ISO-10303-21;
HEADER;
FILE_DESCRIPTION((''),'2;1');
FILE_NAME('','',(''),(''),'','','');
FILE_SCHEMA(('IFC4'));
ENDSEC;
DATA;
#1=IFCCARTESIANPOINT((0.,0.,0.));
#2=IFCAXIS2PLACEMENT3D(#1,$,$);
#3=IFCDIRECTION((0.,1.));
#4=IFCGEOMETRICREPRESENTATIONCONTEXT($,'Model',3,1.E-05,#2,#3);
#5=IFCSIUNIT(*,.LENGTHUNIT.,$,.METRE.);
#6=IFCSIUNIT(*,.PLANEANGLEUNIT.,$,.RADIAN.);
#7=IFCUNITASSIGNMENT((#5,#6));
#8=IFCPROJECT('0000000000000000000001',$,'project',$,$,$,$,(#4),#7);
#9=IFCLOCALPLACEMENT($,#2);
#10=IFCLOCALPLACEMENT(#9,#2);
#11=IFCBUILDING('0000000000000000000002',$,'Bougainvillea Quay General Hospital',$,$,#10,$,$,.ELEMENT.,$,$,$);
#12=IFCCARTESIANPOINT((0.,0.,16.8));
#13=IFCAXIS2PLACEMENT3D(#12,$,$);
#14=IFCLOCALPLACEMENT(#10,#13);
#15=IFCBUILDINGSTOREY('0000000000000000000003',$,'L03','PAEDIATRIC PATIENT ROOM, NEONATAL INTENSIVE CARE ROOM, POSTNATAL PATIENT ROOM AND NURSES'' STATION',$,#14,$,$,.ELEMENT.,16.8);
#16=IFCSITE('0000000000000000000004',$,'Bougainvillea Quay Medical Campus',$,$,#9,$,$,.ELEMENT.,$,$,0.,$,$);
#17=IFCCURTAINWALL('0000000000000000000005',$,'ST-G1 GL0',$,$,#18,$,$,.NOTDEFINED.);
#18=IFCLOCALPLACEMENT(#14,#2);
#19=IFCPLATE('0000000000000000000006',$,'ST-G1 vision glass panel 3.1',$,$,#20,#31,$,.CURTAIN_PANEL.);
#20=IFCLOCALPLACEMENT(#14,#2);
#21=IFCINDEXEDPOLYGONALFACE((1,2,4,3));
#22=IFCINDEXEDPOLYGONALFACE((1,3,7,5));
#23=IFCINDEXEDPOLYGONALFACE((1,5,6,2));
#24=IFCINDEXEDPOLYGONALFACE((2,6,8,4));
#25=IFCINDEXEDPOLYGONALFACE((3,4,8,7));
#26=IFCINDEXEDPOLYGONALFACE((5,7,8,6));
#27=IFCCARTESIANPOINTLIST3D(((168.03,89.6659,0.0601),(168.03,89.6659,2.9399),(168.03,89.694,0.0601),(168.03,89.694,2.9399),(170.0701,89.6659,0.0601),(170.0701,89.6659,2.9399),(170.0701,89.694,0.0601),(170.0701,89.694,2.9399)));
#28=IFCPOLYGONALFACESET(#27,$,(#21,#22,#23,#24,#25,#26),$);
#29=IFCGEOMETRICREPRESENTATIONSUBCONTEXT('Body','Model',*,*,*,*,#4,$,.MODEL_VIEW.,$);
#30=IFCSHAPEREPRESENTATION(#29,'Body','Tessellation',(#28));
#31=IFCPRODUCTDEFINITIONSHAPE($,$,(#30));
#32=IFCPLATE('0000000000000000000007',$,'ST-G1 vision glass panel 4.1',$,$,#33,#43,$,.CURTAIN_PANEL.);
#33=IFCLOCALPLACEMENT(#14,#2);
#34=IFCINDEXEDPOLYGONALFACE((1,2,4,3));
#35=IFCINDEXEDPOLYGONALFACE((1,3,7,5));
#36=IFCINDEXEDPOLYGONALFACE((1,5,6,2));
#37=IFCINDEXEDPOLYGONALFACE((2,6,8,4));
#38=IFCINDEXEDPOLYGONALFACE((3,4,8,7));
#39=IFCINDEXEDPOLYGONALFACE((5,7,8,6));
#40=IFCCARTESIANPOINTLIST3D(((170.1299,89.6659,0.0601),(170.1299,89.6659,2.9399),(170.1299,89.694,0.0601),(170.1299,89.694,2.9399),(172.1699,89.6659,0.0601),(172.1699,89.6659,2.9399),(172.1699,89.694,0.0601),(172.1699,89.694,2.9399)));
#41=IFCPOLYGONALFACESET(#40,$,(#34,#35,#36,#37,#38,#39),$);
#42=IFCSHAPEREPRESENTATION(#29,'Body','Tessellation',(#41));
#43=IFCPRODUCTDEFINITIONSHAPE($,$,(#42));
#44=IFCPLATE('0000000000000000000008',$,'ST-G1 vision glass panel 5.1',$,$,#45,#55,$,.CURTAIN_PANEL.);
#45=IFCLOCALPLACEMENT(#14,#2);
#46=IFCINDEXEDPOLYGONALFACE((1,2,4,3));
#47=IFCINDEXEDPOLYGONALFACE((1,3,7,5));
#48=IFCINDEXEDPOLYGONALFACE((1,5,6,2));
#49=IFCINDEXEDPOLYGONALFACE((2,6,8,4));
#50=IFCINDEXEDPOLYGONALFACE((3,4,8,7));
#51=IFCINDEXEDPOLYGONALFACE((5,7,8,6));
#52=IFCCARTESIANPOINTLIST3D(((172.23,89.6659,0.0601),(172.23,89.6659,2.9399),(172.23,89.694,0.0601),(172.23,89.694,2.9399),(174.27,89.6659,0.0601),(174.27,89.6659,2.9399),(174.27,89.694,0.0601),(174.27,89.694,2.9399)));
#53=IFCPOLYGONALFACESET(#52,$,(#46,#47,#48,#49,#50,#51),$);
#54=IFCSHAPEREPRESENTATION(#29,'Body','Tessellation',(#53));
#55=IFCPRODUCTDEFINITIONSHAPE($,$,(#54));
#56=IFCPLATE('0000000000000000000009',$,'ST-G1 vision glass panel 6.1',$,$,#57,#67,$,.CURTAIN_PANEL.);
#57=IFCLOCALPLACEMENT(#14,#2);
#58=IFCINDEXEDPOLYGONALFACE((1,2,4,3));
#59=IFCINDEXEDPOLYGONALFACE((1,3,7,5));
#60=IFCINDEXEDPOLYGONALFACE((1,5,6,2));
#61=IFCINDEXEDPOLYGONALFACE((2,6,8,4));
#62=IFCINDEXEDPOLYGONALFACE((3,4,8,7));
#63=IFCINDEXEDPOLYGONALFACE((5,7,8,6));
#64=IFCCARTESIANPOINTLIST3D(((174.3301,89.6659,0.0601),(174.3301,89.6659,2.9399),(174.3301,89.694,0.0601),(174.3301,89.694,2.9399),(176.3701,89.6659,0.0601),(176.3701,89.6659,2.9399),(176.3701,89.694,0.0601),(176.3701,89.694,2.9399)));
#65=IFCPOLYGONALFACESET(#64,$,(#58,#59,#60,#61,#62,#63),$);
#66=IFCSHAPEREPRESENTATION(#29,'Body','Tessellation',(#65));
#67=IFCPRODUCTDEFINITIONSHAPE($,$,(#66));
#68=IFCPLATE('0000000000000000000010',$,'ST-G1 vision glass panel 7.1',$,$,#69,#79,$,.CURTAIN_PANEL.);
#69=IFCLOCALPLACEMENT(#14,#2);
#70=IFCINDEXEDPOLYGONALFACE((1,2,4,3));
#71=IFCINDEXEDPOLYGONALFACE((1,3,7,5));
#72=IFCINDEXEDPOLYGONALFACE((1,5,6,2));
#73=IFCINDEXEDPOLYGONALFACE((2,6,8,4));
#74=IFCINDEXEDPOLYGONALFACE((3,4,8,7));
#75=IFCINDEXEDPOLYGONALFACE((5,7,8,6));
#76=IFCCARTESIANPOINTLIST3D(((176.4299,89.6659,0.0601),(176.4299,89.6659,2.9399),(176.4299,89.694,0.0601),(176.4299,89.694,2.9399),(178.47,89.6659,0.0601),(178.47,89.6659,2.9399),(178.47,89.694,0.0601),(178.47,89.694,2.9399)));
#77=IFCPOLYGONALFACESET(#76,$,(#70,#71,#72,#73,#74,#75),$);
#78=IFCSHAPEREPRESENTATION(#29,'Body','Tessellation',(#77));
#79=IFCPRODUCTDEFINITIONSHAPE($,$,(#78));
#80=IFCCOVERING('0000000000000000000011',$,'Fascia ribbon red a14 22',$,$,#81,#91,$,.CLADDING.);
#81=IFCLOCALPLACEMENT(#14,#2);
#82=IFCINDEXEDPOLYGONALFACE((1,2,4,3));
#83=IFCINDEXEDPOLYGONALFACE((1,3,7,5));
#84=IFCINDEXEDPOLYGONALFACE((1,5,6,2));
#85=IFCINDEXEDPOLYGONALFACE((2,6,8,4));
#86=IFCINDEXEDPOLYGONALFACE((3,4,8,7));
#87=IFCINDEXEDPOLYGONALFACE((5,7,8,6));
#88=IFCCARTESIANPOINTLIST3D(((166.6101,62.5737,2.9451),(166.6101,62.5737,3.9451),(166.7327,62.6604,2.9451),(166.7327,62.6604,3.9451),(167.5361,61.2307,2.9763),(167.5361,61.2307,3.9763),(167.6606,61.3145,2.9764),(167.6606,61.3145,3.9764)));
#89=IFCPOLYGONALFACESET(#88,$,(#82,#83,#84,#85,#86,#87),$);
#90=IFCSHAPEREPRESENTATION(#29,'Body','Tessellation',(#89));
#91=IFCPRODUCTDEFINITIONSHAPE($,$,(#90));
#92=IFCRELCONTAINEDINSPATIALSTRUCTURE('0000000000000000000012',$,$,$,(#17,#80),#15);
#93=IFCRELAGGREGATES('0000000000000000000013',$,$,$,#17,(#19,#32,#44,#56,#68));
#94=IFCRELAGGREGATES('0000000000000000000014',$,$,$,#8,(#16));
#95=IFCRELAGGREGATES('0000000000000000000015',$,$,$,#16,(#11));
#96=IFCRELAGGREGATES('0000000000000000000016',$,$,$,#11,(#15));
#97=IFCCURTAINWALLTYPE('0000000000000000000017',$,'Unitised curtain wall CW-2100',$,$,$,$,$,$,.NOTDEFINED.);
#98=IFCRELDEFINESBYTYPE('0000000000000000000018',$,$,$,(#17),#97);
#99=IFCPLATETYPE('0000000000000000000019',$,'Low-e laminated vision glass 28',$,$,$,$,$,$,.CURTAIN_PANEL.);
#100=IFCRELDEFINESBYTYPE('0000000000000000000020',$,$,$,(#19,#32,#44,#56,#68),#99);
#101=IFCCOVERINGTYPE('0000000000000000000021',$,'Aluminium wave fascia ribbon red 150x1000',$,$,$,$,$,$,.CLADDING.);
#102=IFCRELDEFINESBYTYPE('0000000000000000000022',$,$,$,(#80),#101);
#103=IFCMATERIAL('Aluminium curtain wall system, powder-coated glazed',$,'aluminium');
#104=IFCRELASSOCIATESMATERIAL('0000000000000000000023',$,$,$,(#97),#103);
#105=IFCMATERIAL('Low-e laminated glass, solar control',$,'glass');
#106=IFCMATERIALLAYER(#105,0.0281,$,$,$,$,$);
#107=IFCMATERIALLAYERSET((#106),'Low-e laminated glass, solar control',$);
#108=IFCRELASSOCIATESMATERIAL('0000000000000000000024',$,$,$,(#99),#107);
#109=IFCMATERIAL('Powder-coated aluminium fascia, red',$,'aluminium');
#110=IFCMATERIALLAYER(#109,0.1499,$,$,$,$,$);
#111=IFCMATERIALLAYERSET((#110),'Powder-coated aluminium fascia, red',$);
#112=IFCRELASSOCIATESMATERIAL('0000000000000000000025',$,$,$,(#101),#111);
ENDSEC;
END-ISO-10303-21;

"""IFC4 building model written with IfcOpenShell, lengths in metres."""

from ifc_helpers import new_model, si_unit, direction, frame, origin, origin_2d, place, context, subcontext, project, spatial, polyline, rectangle, outline, extrude, material, layer, layer_set, type_object, element, aggregate, save


model = new_model("IFC4")

# Units and contexts
model_context = context("Model", 3, precision=1e-05, world=origin(), true_north=direction((0.0, 1.0)))
body_context = subcontext(model_context, "Body", "Model", "MODEL_VIEW")
ifc_project = project(units=[si_unit("LENGTHUNIT", "METRE"), si_unit("PLANEANGLEUNIT", "RADIAN")], contexts=[model_context])

# Site, building, storey
site_placement = place(None, origin())
site = spatial("IfcSite", under=ifc_project, at=site_placement, Name="Bougainvillea Quay Medical Campus", CompositionType="ELEMENT", RefElevation=0.0)
building_placement = place(site_placement, origin())
building = spatial("IfcBuilding", under=site, at=building_placement, Name="Bougainvillea Quay General Hospital", CompositionType="ELEMENT")
storey_placement = place(building_placement, frame((0.0, 0.0, 16.8)))
storey = spatial("IfcBuildingStorey", under=building, at=storey_placement, Name="L03", Description="PAEDIATRIC PATIENT ROOM, NEONATAL INTENSIVE CARE ROOM, POSTNATAL PATIENT ROOM AND NURSES' STATION", CompositionType="ELEMENT", Elevation=16.8)

# Curtain wall, plates
ifc_material_1 = material(Name="Aluminium curtain wall system, powder-coated glazed", Category="aluminium")
curtain_wall_type = type_object("IfcCurtainWallType", Name="Unitised curtain wall CW-2100", PredefinedType="NOTDEFINED", material=ifc_material_1)
curtain_wall_placement = place(storey_placement, origin())
curtain_wall = element("IfcCurtainWall", 1, at=curtain_wall_placement, inside=storey, type_object=curtain_wall_type, Name="ST-G1 GL0", PredefinedType="NOTDEFINED")
ifc_material_2 = material(Name="Low-e laminated glass, solar control", Category="glass")
ifc_layer_1 = layer(ifc_material_2, 0.0281)
ifc_layer_set_1 = layer_set([ifc_layer_1], Name="Low-e laminated glass, solar control")
plate_type = type_object("IfcPlateType", Name="Low-e laminated vision glass 28", PredefinedType="CURTAIN_PANEL", material=ifc_layer_set_1)
plate_1_placement = place(storey_placement, frame((169.05, 89.6799, 0.0601), z_axis=(0.0, 0.0, 1.0), x_axis=(1.0, 0.0, 0.0)))
plate_1 = element("IfcPlate", 2, at=plate_1_placement, type_object=plate_type, Name="ST-G1 vision glass panel 3.1", PredefinedType="CURTAIN_PANEL", context=body_context, shape_type="SweptSolid", body=[
    extrude(rectangle(XDim=2.04, YDim=0.0281, at=origin_2d()), origin(), (0.0, 0.0, 1.0), 2.8799),
])
plate_2_placement = place(storey_placement, frame((171.1499, 89.6799, 0.0601), z_axis=(0.0, 0.0, 1.0), x_axis=(1.0, 0.0, 0.0)))
plate_2 = element("IfcPlate", 3, at=plate_2_placement, type_object=plate_type, Name="ST-G1 vision glass panel 4.1", PredefinedType="CURTAIN_PANEL", context=body_context, shape_type="SweptSolid", body=[
    extrude(rectangle(XDim=2.04, YDim=0.0281, at=origin_2d()), origin(), (0.0, 0.0, 1.0), 2.8799),
])
plate_3_placement = place(storey_placement, frame((173.25, 89.6799, 0.0601), z_axis=(0.0, 0.0, 1.0), x_axis=(1.0, 0.0, 0.0)))
plate_3 = element("IfcPlate", 4, at=plate_3_placement, type_object=plate_type, Name="ST-G1 vision glass panel 5.1", PredefinedType="CURTAIN_PANEL", context=body_context, shape_type="SweptSolid", body=[
    extrude(rectangle(XDim=2.04, YDim=0.0281, at=origin_2d()), origin(), (0.0, 0.0, 1.0), 2.8799),
])
plate_4_placement = place(storey_placement, frame((175.3501, 89.6799, 0.0601), z_axis=(0.0, 0.0, 1.0), x_axis=(1.0, 0.0, 0.0)))
plate_4 = element("IfcPlate", 5, at=plate_4_placement, type_object=plate_type, Name="ST-G1 vision glass panel 6.1", PredefinedType="CURTAIN_PANEL", context=body_context, shape_type="SweptSolid", body=[
    extrude(rectangle(XDim=2.04, YDim=0.0281, at=origin_2d()), origin(), (0.0, 0.0, 1.0), 2.8799),
])
plate_5_placement = place(storey_placement, frame((177.45, 89.6799, 0.0601), z_axis=(0.0, 0.0, 1.0), x_axis=(1.0, 0.0, 0.0)))
plate_5 = element("IfcPlate", 6, at=plate_5_placement, type_object=plate_type, Name="ST-G1 vision glass panel 7.1", PredefinedType="CURTAIN_PANEL", context=body_context, shape_type="SweptSolid", body=[
    extrude(rectangle(XDim=2.04, YDim=0.0281, at=origin_2d()), origin(), (0.0, 0.0, 1.0), 2.8799),
])
aggregate(curtain_wall, [plate_1, plate_2, plate_3, plate_4, plate_5])

# Covering
ifc_material_3 = material(Name="Powder-coated aluminium fascia, red", Category="aluminium")
ifc_layer_2 = layer(ifc_material_3, 0.1499)
ifc_layer_set_2 = layer_set([ifc_layer_2], Name="Powder-coated aluminium fascia, red")
covering_type = type_object("IfcCoveringType", Name="Aluminium wave fascia ribbon red 150x1000", PredefinedType="CLADDING", material=ifc_layer_set_2)
covering_placement = place(storey_placement, frame((167.5361, 61.2307, 2.9763), z_axis=(-0.010863, 0.015749, 0.999817), x_axis=(-0.567549, 0.823118, -0.019132)))
element("IfcCovering", 7, at=covering_placement, inside=storey, type_object=covering_type, Name="Fascia ribbon red a14 22", PredefinedType="CLADDING", context=body_context, shape_type="SweptSolid", body=[
    extrude(outline(polyline([(0.0, 0.0), (1.6316, 0.0), (1.6334, -0.1501), (-0.0017, -0.15), (0.0, 0.0)])), origin(), (-0.019132, -0.000003, 0.999817), 1.0),
])

save(model, "model.ifc")
